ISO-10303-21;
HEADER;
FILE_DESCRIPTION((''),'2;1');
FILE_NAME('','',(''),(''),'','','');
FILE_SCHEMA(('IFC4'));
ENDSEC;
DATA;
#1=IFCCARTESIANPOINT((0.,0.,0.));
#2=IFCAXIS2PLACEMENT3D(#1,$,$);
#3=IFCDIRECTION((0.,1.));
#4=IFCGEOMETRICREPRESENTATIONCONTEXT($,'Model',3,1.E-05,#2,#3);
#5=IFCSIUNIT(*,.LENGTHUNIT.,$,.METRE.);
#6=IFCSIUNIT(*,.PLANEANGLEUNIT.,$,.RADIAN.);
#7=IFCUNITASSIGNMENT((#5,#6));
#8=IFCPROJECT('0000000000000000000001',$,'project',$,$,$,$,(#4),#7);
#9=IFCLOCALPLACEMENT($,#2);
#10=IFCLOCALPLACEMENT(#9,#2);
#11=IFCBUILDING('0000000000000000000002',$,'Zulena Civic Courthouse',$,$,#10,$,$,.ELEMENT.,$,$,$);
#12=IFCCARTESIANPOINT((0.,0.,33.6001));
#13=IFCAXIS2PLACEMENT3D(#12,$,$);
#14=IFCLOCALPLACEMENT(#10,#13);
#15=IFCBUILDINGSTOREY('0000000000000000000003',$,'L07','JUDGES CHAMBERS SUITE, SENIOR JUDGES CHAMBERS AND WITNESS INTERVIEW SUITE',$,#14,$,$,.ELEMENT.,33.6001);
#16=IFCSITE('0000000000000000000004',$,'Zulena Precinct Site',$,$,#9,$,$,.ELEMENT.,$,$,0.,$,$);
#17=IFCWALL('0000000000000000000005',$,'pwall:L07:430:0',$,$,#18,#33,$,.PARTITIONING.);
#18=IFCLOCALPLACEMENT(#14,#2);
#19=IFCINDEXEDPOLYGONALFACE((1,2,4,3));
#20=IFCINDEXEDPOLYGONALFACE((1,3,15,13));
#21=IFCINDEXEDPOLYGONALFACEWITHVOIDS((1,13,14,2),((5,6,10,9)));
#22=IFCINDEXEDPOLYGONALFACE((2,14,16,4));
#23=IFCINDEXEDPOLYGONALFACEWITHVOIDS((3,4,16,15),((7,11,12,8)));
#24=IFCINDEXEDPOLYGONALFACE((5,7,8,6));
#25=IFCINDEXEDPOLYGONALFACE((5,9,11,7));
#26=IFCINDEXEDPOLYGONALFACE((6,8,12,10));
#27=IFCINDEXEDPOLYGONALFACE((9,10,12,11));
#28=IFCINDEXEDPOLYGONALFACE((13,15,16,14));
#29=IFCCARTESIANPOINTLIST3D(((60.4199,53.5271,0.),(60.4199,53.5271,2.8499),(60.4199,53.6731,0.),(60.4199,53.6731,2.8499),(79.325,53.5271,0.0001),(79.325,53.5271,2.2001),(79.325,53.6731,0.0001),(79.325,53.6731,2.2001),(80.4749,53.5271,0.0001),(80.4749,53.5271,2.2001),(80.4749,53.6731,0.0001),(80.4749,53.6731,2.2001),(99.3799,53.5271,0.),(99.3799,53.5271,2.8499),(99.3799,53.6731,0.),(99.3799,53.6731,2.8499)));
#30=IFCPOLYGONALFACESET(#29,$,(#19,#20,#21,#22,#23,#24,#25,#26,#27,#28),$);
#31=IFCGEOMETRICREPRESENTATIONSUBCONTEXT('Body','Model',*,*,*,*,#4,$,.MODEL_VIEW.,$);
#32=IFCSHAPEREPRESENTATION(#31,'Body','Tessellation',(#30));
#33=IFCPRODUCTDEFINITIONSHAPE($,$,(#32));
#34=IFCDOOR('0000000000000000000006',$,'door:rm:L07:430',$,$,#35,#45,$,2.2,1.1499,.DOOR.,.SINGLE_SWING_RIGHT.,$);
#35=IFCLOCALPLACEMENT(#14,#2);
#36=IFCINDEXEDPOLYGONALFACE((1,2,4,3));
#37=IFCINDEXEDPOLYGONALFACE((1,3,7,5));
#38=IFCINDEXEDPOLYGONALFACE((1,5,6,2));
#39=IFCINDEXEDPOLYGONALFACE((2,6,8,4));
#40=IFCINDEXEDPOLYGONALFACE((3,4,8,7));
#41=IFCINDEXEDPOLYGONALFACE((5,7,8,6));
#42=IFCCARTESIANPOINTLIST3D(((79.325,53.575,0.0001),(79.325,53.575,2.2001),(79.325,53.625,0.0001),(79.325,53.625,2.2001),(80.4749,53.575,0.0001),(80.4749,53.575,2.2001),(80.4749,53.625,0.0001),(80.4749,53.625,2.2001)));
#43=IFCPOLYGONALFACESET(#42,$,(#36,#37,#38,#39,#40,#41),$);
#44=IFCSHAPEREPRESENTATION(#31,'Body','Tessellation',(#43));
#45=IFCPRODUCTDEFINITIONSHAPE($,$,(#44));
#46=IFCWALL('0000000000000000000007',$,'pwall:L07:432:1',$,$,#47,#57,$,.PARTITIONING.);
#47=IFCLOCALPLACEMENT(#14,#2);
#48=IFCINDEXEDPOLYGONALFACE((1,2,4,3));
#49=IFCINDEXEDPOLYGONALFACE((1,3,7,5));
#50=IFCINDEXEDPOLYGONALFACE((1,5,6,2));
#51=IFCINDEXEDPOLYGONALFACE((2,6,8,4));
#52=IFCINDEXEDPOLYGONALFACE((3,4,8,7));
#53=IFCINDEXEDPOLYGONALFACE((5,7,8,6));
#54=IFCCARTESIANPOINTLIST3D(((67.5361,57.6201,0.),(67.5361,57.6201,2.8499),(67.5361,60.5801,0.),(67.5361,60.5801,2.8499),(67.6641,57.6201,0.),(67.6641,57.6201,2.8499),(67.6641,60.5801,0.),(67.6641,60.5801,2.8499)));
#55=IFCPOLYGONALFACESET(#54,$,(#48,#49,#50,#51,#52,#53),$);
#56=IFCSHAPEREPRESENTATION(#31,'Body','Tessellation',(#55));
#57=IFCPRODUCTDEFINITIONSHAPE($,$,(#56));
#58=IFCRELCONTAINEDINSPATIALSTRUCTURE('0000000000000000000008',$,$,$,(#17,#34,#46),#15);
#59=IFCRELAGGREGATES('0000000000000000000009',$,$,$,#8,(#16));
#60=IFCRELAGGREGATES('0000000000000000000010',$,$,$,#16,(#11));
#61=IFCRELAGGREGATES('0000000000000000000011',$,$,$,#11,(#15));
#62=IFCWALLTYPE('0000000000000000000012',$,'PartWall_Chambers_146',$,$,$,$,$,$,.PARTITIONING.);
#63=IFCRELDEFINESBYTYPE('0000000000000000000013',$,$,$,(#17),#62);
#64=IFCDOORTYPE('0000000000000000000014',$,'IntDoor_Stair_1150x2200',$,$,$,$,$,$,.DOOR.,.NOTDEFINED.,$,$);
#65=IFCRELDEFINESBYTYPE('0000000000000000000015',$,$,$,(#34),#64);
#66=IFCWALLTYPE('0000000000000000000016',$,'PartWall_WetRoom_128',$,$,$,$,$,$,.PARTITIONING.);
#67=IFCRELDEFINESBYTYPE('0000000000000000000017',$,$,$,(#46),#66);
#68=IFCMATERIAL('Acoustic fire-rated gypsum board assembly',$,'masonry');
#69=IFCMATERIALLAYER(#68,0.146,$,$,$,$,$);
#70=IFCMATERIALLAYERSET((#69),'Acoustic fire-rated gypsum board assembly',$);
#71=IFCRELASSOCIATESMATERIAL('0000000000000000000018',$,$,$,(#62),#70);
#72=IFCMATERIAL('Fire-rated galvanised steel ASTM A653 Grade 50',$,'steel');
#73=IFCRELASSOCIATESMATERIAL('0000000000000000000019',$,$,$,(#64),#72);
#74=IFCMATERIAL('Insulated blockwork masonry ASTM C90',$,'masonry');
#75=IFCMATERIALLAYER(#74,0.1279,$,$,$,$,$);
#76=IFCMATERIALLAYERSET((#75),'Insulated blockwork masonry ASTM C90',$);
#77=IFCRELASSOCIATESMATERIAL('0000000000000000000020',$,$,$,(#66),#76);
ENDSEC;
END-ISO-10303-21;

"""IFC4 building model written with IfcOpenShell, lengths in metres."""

from ifc_helpers import new_model, si_unit, direction, frame, frame_2d, origin, place, context, subcontext, project, spatial, rectangle, extrude, material, layer, layer_set, type_object, element, fill, save


model = new_model("IFC4")

# Units and contexts
model_context = context("Model", 3, precision=1e-05, world=origin(), true_north=direction((0.0, 1.0)))
body_context = subcontext(model_context, "Body", "Model", "MODEL_VIEW")
ifc_project = project(units=[si_unit("LENGTHUNIT", "METRE"), si_unit("PLANEANGLEUNIT", "RADIAN")], contexts=[model_context])

# Site, building, storey
site_placement = place(None, origin())
site = spatial("IfcSite", under=ifc_project, at=site_placement, Name="Zulena Precinct Site", CompositionType="ELEMENT", RefElevation=0.0)
building_placement = place(site_placement, origin())
building = spatial("IfcBuilding", under=site, at=building_placement, Name="Zulena Civic Courthouse", CompositionType="ELEMENT")
storey_placement = place(building_placement, frame((0.0, 0.0, 33.6001)))
storey = spatial("IfcBuildingStorey", under=building, at=storey_placement, Name="L07", Description="JUDGES CHAMBERS SUITE, SENIOR JUDGES CHAMBERS AND WITNESS INTERVIEW SUITE", CompositionType="ELEMENT", Elevation=33.6001)

# Wall, opening, door
ifc_material_1 = material(Name="Acoustic fire-rated gypsum board assembly", Category="masonry")
ifc_layer_1 = layer(ifc_material_1, 0.146)
ifc_layer_set_1 = layer_set([ifc_layer_1], Name="Acoustic fire-rated gypsum board assembly")
wall_type_1 = type_object("IfcWallType", Name="PartWall_Chambers_146", PredefinedType="PARTITIONING", material=ifc_layer_set_1)
wall_1_placement = place(storey_placement, frame((60.4199, 53.6001, 0.0), z_axis=(0.0, 0.0, 1.0), x_axis=(1.0, 0.0, 0.0)))
wall_1 = element("IfcWall", 1, at=wall_1_placement, inside=storey, type_object=wall_type_1, Name="pwall:L07:430:0", PredefinedType="PARTITIONING", context=body_context, shape_type="SweptSolid", body=[
    extrude(rectangle(XDim=38.96, YDim=0.146, at=frame_2d((19.48, 0.0))), origin(), (0.0, 0.0, 1.0), 2.8499),
])
opening_placement = place(wall_1_placement, frame((18.905, 0.0, 0.0)))
opening = element("IfcOpeningElement", 2, at=opening_placement, cuts=wall_1, PredefinedType="OPENING", context=body_context, shape_type="SweptSolid", body=[
    extrude(rectangle(XDim=1.1499, YDim=2.2, at=frame_2d((0.575, 1.1001))), frame((0.0, 0.083, 0.0), z_axis=(0.0, -1.0, 0.0), x_axis=(1.0, 0.0, 0.0)), (0.0, 0.0, 1.0), 0.166),
])
ifc_material_2 = material(Name="Fire-rated galvanised steel ASTM A653 Grade 50", Category="steel")
door_type = type_object("IfcDoorType", Name="IntDoor_Stair_1150x2200", OperationType="NOTDEFINED", PredefinedType="DOOR", material=ifc_material_2)
door_placement = place(opening_placement, origin())
door = element("IfcDoor", 3, at=door_placement, inside=storey, type_object=door_type, Name="door:rm:L07:430", OperationType="SINGLE_SWING_RIGHT", OverallHeight=2.2, OverallWidth=1.1499, PredefinedType="DOOR", context=body_context, shape_type="SweptSolid", body=[
    extrude(rectangle(XDim=1.1499, YDim=2.2, at=frame_2d((0.575, 1.1001))), frame((0.0, 0.0249, 0.0), z_axis=(0.0, -1.0, 0.0), x_axis=(1.0, 0.0, 0.0)), (0.0, 0.0, 1.0), 0.05),
])
fill(opening, door)

# Wall
ifc_material_3 = material(Name="Insulated blockwork masonry ASTM C90", Category="masonry")
ifc_layer_2 = layer(ifc_material_3, 0.1279)
ifc_layer_set_2 = layer_set([ifc_layer_2], Name="Insulated blockwork masonry ASTM C90")
wall_type_2 = type_object("IfcWallType", Name="PartWall_WetRoom_128", PredefinedType="PARTITIONING", material=ifc_layer_set_2)
wall_2_placement = place(storey_placement, frame((67.6001, 57.6201, 0.0), z_axis=(0.0, 0.0, 1.0), x_axis=(0.0, 1.0, 0.0)))
element("IfcWall", 4, at=wall_2_placement, inside=storey, type_object=wall_type_2, Name="pwall:L07:432:1", PredefinedType="PARTITIONING", context=body_context, shape_type="SweptSolid", body=[
    extrude(rectangle(XDim=2.96, YDim=0.1279, at=frame_2d((1.48, 0.0))), origin(), (0.0, 0.0, 1.0), 2.8499),
])

save(model, "model.ifc")
